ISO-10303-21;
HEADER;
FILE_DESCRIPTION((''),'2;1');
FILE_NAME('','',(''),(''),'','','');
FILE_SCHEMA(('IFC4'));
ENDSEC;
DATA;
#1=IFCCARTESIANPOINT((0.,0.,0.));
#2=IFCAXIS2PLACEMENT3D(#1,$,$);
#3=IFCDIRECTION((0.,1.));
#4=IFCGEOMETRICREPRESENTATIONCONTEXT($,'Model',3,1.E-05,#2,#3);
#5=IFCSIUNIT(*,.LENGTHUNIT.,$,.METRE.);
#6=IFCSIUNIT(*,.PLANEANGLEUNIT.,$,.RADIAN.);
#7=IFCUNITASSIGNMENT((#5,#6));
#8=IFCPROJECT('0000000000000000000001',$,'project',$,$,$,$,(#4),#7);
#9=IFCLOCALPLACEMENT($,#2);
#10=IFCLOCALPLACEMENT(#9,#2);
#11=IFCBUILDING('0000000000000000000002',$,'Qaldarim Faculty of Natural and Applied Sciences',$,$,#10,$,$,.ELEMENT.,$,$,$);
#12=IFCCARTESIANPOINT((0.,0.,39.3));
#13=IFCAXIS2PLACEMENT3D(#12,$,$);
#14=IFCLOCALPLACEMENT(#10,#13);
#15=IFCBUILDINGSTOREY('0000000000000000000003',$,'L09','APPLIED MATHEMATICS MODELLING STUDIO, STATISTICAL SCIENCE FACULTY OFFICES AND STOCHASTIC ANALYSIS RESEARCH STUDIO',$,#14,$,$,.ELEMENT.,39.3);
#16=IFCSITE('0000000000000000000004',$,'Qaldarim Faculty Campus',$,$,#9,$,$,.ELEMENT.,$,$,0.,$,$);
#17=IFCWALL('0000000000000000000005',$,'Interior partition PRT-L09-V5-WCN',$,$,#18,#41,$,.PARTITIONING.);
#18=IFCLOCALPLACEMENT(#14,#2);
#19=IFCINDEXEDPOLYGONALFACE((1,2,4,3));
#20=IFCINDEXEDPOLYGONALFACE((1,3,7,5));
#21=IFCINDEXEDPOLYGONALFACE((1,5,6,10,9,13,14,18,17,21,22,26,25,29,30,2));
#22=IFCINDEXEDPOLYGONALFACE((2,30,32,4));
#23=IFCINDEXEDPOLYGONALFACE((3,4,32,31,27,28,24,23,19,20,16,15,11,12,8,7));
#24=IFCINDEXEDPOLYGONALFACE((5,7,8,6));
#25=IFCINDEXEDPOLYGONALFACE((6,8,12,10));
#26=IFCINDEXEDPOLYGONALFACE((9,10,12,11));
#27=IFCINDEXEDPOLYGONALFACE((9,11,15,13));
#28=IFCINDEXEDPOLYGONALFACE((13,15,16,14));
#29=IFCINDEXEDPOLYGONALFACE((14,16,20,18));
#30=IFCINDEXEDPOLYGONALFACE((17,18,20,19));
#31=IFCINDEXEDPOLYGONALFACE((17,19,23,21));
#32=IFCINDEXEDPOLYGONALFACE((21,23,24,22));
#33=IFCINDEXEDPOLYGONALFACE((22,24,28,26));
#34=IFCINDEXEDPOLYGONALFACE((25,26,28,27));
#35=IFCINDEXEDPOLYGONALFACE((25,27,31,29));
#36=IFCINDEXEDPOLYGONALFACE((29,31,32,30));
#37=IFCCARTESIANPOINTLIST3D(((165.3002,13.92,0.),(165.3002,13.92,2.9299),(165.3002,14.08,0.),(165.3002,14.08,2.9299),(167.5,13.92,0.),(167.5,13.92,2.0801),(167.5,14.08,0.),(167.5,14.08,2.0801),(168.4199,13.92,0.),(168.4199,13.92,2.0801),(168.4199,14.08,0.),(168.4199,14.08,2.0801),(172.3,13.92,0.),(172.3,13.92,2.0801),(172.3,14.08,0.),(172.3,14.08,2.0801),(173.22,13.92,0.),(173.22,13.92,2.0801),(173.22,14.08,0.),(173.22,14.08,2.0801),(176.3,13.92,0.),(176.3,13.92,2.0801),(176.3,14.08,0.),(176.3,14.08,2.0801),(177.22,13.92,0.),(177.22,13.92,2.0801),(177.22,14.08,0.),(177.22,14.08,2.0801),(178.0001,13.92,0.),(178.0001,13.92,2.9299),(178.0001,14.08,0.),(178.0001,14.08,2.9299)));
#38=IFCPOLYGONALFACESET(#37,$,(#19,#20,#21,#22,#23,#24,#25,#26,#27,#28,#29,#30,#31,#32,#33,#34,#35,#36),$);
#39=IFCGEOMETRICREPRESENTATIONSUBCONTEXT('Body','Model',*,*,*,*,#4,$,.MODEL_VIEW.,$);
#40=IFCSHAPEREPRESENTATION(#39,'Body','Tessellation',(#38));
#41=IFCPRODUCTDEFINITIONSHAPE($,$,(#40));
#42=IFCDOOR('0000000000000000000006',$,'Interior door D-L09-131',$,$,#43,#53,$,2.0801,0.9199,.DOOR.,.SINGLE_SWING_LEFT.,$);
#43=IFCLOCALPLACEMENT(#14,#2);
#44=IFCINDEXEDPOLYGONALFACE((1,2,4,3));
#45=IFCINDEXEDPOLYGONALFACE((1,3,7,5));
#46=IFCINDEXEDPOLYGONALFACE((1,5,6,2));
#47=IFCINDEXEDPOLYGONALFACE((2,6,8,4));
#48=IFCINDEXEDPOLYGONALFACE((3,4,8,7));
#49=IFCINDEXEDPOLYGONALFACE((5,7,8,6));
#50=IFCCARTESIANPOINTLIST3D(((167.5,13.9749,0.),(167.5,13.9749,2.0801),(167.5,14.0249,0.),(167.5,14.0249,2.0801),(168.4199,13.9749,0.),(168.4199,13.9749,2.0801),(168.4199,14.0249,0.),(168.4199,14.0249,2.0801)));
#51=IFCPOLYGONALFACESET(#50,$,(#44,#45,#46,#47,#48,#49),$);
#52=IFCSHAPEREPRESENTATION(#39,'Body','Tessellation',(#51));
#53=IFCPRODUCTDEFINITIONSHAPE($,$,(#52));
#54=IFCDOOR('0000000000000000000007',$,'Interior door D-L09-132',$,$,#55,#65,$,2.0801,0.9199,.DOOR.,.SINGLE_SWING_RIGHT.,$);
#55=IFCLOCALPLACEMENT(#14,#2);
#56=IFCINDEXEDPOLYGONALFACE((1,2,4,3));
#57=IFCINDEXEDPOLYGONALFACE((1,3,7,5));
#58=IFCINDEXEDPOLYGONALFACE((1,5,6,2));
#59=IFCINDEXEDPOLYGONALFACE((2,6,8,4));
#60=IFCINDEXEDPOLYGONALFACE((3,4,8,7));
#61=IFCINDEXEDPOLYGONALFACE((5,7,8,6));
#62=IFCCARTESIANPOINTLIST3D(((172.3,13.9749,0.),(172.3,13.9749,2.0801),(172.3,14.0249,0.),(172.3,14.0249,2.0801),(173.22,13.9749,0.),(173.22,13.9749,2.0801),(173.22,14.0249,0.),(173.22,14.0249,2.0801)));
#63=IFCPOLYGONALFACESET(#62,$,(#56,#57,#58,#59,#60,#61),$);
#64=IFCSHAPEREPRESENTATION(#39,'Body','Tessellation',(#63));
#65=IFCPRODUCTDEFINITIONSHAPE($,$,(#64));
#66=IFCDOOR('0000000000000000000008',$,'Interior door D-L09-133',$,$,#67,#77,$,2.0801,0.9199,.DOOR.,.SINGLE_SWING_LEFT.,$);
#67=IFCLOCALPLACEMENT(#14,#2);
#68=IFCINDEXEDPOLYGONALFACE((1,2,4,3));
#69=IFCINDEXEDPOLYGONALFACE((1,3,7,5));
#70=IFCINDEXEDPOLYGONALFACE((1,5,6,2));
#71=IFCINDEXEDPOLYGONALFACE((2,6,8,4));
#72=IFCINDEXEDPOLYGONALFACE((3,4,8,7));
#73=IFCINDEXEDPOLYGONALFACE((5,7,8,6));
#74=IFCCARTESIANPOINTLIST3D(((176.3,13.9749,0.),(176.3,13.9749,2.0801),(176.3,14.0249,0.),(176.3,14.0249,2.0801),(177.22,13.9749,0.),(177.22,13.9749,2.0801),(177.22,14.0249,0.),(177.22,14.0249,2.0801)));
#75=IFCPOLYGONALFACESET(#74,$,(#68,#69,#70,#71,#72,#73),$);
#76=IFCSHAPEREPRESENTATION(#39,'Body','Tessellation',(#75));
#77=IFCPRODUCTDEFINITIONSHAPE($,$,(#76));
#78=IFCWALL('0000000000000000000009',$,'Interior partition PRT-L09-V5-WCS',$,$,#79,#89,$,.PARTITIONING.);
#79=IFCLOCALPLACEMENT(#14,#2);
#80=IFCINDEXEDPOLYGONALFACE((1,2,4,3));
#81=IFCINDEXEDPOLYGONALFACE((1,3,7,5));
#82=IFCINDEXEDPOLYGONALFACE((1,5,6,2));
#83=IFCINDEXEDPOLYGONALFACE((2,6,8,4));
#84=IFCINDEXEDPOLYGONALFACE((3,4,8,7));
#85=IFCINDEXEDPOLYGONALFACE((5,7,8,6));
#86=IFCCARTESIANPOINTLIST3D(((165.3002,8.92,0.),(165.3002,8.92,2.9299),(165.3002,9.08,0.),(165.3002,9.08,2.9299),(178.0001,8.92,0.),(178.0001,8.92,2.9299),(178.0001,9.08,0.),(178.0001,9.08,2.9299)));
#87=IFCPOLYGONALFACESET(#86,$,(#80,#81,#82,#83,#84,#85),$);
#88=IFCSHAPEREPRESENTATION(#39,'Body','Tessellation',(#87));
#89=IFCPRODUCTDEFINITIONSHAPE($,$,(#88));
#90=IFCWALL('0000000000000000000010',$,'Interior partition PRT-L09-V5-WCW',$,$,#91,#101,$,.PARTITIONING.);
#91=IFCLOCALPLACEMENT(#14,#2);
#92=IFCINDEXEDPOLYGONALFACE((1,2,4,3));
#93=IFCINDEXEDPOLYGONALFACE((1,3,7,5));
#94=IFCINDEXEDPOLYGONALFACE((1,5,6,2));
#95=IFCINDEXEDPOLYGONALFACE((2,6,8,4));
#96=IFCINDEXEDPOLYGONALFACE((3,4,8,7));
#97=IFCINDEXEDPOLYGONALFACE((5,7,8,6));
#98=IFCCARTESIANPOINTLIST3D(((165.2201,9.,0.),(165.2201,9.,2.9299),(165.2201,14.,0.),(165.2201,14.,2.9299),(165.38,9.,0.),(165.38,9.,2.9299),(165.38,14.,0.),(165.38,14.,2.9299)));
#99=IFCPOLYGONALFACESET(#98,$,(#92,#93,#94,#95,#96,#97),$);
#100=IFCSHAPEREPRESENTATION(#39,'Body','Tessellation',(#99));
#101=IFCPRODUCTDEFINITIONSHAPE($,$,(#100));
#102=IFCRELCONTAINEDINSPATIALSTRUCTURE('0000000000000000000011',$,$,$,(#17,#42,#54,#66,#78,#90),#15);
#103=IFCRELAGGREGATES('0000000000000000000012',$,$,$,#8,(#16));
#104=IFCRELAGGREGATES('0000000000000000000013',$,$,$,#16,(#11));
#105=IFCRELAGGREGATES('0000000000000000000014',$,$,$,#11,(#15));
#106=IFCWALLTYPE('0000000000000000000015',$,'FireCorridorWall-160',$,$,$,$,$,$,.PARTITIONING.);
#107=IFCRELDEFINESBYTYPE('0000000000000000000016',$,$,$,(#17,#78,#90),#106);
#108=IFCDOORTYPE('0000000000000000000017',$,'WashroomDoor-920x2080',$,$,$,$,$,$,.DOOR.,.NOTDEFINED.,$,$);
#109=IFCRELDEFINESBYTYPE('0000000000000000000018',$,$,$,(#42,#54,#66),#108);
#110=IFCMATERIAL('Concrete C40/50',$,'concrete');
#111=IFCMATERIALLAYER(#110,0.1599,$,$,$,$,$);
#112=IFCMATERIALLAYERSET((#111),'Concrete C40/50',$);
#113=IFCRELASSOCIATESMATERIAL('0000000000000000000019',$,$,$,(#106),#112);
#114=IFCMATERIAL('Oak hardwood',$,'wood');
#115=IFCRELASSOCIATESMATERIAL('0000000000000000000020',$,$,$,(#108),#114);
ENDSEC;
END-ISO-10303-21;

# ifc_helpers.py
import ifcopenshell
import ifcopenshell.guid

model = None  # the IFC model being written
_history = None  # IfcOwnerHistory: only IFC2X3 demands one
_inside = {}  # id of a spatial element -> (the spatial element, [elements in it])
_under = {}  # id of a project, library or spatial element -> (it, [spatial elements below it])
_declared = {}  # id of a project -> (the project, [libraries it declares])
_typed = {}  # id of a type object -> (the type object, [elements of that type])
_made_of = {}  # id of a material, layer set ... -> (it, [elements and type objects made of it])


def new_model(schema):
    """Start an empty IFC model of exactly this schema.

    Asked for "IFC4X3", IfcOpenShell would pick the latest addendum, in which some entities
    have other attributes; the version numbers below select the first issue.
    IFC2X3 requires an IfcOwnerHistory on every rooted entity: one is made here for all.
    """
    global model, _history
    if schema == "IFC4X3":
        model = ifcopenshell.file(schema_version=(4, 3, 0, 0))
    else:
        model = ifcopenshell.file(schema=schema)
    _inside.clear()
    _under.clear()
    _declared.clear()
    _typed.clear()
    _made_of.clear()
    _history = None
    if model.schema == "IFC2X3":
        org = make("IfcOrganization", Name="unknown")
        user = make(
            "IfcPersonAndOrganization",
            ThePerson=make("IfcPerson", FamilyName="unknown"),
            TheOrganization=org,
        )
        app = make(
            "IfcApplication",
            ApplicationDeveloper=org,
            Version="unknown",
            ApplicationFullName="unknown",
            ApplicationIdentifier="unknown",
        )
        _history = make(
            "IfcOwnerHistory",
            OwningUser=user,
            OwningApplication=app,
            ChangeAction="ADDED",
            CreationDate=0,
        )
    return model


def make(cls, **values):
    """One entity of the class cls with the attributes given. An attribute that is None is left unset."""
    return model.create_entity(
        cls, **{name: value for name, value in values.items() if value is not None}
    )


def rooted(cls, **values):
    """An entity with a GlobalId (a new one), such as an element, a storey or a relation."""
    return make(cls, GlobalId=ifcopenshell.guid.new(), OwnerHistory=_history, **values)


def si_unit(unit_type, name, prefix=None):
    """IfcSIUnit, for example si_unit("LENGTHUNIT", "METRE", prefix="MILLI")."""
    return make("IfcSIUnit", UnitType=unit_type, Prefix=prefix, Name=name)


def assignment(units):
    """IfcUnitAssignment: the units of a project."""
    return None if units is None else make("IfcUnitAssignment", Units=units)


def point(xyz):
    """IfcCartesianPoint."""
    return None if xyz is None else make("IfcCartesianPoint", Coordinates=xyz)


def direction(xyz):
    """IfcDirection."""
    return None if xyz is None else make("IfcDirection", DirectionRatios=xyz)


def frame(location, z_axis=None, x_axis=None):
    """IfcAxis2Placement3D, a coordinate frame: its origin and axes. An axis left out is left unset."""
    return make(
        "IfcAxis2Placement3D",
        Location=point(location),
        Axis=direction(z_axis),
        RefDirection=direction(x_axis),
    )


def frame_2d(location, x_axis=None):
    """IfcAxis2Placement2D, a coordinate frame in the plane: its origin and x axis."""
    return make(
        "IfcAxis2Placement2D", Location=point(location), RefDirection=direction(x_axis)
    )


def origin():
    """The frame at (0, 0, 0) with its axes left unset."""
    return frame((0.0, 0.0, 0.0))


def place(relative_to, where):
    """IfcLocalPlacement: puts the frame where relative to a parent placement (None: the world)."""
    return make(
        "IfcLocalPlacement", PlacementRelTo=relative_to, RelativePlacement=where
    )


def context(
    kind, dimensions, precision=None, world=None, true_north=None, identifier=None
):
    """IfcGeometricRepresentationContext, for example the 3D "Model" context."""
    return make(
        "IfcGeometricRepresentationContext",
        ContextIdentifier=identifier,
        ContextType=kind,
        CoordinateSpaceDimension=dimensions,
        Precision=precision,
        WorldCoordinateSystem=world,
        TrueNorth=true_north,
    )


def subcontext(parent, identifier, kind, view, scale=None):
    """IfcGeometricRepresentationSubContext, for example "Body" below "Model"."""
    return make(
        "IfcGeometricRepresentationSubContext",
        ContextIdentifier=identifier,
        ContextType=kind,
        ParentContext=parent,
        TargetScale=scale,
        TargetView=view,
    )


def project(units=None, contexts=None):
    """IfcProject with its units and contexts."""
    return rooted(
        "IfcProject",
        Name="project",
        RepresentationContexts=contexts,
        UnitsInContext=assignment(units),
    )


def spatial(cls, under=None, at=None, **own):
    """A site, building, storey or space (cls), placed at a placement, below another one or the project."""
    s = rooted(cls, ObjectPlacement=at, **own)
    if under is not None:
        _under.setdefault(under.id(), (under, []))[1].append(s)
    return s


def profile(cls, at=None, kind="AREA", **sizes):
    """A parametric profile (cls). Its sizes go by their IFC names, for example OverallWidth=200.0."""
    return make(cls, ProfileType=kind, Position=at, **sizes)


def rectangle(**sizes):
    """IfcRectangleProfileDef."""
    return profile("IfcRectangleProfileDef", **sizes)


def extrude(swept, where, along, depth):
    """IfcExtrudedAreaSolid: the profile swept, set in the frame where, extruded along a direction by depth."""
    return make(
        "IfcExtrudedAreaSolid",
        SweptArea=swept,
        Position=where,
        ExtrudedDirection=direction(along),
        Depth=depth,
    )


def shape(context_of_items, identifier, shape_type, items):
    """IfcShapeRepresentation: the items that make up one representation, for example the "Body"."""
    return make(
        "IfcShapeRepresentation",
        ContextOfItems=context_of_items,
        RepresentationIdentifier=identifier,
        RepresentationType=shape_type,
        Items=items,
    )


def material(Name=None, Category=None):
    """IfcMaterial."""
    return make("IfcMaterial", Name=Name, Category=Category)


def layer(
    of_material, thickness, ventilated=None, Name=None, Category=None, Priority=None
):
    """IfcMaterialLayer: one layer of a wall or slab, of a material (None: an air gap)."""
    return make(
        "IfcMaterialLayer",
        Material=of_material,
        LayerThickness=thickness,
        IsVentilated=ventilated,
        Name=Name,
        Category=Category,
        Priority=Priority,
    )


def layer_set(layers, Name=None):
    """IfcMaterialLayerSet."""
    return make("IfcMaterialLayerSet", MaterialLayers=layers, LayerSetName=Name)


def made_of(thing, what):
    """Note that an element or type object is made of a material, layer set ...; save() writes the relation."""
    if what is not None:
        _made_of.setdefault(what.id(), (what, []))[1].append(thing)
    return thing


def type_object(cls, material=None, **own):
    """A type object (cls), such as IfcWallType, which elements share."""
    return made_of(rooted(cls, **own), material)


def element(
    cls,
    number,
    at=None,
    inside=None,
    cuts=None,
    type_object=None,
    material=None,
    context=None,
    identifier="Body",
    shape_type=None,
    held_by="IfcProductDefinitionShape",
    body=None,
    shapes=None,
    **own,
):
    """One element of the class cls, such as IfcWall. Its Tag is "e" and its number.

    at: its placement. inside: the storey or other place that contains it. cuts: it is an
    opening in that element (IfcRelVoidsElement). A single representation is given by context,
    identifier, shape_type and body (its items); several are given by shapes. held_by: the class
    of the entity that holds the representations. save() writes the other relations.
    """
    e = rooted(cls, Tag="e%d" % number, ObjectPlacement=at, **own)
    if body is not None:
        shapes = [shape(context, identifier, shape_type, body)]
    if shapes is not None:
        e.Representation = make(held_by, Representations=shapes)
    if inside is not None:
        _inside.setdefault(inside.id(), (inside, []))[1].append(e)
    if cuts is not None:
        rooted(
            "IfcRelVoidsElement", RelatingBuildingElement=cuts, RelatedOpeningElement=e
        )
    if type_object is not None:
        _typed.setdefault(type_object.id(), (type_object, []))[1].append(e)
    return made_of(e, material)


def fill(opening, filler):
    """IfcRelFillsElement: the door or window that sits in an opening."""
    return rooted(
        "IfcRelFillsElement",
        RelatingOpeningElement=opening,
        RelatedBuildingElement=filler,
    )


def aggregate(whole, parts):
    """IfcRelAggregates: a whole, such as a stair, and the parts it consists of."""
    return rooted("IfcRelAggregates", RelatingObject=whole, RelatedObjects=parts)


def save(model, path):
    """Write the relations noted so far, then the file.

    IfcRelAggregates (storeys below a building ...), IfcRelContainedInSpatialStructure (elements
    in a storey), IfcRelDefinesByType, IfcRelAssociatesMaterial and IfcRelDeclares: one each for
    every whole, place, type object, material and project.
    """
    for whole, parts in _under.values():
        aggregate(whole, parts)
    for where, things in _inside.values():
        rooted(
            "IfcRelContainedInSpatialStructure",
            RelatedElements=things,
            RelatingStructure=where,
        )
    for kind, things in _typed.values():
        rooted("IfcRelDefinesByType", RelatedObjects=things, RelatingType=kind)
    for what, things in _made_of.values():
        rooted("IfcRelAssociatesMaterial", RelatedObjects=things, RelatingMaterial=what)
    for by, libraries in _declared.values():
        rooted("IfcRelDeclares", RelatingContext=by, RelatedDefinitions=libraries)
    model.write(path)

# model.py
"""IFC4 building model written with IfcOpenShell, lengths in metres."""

from ifc_helpers import new_model, si_unit, direction, frame, frame_2d, origin, place, context, subcontext, project, spatial, rectangle, extrude, material, layer, layer_set, type_object, element, fill, save


model = new_model("IFC4")

# Units and contexts
model_context = context("Model", 3, precision=1e-05, world=origin(), true_north=direction((0.0, 1.0)))
body_context = subcontext(model_context, "Body", "Model", "MODEL_VIEW")
ifc_project = project(units=[si_unit("LENGTHUNIT", "METRE"), si_unit("PLANEANGLEUNIT", "RADIAN")], contexts=[model_context])

# Site, building, storey
site_placement = place(None, origin())
site = spatial("IfcSite", under=ifc_project, at=site_placement, Name="Qaldarim Faculty Campus", CompositionType="ELEMENT", RefElevation=0.0)
building_placement = place(site_placement, origin())
building = spatial("IfcBuilding", under=site, at=building_placement, Name="Qaldarim Faculty of Natural and Applied Sciences", CompositionType="ELEMENT")
storey_placement = place(building_placement, frame((0.0, 0.0, 39.3)))
storey = spatial("IfcBuildingStorey", under=building, at=storey_placement, Name="L09", Description="APPLIED MATHEMATICS MODELLING STUDIO, STATISTICAL SCIENCE FACULTY OFFICES AND STOCHASTIC ANALYSIS RESEARCH STUDIO", CompositionType="ELEMENT", Elevation=39.3)

# Shared definitions
ifc_material_1 = material(Name="Concrete C40/50", Category="concrete")

# Wall, openings, doors
ifc_layer_1 = layer(ifc_material_1, 0.1599)
ifc_layer_set_1 = layer_set([ifc_layer_1], Name="Concrete C40/50")
wall_type_1 = type_object("IfcWallType", Name="FireCorridorWall-160", PredefinedType="PARTITIONING", material=ifc_layer_set_1)
wall_1_placement = place(storey_placement, frame((165.3, 14.0, 0.0), z_axis=(0.0, 0.0, 1.0), x_axis=(1.0, 0.0, 0.0)))
wall_1 = element("IfcWall", 1, at=wall_1_placement, inside=storey, type_object=wall_type_1, Name="Interior partition PRT-L09-V5-WCN", PredefinedType="PARTITIONING", context=body_context, shape_type="SweptSolid", body=[
    extrude(rectangle(XDim=12.7, YDim=0.1599, at=frame_2d((6.3501, 0.0))), origin(), (0.0, 0.0, 1.0), 2.9299),
])
opening_1_placement = place(wall_1_placement, frame((2.2, 0.0, 0.0)))
opening_1 = element("IfcOpeningElement", 2, at=opening_1_placement, cuts=wall_1, PredefinedType="OPENING", context=body_context, shape_type="SweptSolid", body=[
    extrude(rectangle(XDim=0.9199, YDim=2.0801, at=frame_2d((0.46, 1.04))), frame((0.0, 0.0898, 0.0), z_axis=(0.0, -1.0, 0.0), x_axis=(1.0, 0.0, 0.0)), (0.0, 0.0, 1.0), 0.1799),
])
opening_2_placement = place(wall_1_placement, frame((7.0, 0.0, 0.0)))
opening_2 = element("IfcOpeningElement", 3, at=opening_2_placement, cuts=wall_1, PredefinedType="OPENING", context=body_context, shape_type="SweptSolid", body=[
    extrude(rectangle(XDim=0.9199, YDim=2.0801, at=frame_2d((0.46, 1.04))), frame((0.0, 0.0898, 0.0), z_axis=(0.0, -1.0, 0.0), x_axis=(1.0, 0.0, 0.0)), (0.0, 0.0, 1.0), 0.1799),
])
opening_3_placement = place(wall_1_placement, frame((11.0, 0.0, 0.0)))
opening_3 = element("IfcOpeningElement", 4, at=opening_3_placement, cuts=wall_1, PredefinedType="OPENING", context=body_context, shape_type="SweptSolid", body=[
    extrude(rectangle(XDim=0.9199, YDim=2.0801, at=frame_2d((0.46, 1.04))), frame((0.0, 0.0898, 0.0), z_axis=(0.0, -1.0, 0.0), x_axis=(1.0, 0.0, 0.0)), (0.0, 0.0, 1.0), 0.1799),
])
ifc_material_2 = material(Name="Oak hardwood", Category="wood")
door_type_1 = type_object("IfcDoorType", Name="WashroomDoor-920x2080", OperationType="NOTDEFINED", PredefinedType="DOOR", material=ifc_material_2)
door_1_placement = place(opening_1_placement, origin())
door_1 = element("IfcDoor", 5, at=door_1_placement, inside=storey, type_object=door_type_1, Name="Interior door D-L09-131", OperationType="SINGLE_SWING_LEFT", OverallHeight=2.0801, OverallWidth=0.9199, PredefinedType="DOOR", context=body_context, shape_type="SweptSolid", body=[
    extrude(rectangle(XDim=0.9199, YDim=2.0801, at=frame_2d((0.46, 1.04))), frame((0.0, 0.0249, 0.0), z_axis=(0.0, -1.0, 0.0), x_axis=(1.0, 0.0, 0.0)), (0.0, 0.0, 1.0), 0.05),
])
fill(opening_1, door_1)
door_2_placement = place(opening_2_placement, origin())
door_2 = element("IfcDoor", 6, at=door_2_placement, inside=storey, type_object=door_type_1, Name="Interior door D-L09-132", OperationType="SINGLE_SWING_RIGHT", OverallHeight=2.0801, OverallWidth=0.9199, PredefinedType="DOOR", context=body_context, shape_type="SweptSolid", body=[
    extrude(rectangle(XDim=0.9199, YDim=2.0801, at=frame_2d((0.46, 1.04))), frame((0.0, 0.0249, 0.0), z_axis=(0.0, -1.0, 0.0), x_axis=(1.0, 0.0, 0.0)), (0.0, 0.0, 1.0), 0.05),
])
fill(opening_2, door_2)
door_3_placement = place(opening_3_placement, origin())
door_3 = element("IfcDoor", 7, at=door_3_placement, inside=storey, type_object=door_type_1, Name="Interior door D-L09-133", OperationType="SINGLE_SWING_LEFT", OverallHeight=2.0801, OverallWidth=0.9199, PredefinedType="DOOR", context=body_context, shape_type="SweptSolid", body=[
    extrude(rectangle(XDim=0.9199, YDim=2.0801, at=frame_2d((0.46, 1.04))), frame((0.0, 0.0249, 0.0), z_axis=(0.0, -1.0, 0.0), x_axis=(1.0, 0.0, 0.0)), (0.0, 0.0, 1.0), 0.05),
])
fill(opening_3, door_3)

# Walls
wall_2_placement = place(storey_placement, frame((165.3, 9.0, 0.0), z_axis=(0.0, 0.0, 1.0), x_axis=(1.0, 0.0, 0.0)))
element("IfcWall", 8, at=wall_2_placement, inside=storey, type_object=wall_type_1, Name="Interior partition PRT-L09-V5-WCS", PredefinedType="PARTITIONING", context=body_context, shape_type="SweptSolid", body=[
    extrude(rectangle(XDim=12.7, YDim=0.1599, at=frame_2d((6.3501, 0.0))), origin(), (0.0, 0.0, 1.0), 2.9299),
])
wall_3_placement = place(storey_placement, frame((165.3, 9.0, 0.0), z_axis=(0.0, 0.0, 1.0), x_axis=(0.0, 1.0, 0.0)))
element("IfcWall", 9, at=wall_3_placement, inside=storey, type_object=wall_type_1, Name="Interior partition PRT-L09-V5-WCW", PredefinedType="PARTITIONING", context=body_context, shape_type="SweptSolid", body=[
    extrude(rectangle(XDim=5.0, YDim=0.1599, at=frame_2d((2.5, 0.0))), origin(), (0.0, 0.0, 1.0), 2.9299),
])

save(model, "model.ifc")
